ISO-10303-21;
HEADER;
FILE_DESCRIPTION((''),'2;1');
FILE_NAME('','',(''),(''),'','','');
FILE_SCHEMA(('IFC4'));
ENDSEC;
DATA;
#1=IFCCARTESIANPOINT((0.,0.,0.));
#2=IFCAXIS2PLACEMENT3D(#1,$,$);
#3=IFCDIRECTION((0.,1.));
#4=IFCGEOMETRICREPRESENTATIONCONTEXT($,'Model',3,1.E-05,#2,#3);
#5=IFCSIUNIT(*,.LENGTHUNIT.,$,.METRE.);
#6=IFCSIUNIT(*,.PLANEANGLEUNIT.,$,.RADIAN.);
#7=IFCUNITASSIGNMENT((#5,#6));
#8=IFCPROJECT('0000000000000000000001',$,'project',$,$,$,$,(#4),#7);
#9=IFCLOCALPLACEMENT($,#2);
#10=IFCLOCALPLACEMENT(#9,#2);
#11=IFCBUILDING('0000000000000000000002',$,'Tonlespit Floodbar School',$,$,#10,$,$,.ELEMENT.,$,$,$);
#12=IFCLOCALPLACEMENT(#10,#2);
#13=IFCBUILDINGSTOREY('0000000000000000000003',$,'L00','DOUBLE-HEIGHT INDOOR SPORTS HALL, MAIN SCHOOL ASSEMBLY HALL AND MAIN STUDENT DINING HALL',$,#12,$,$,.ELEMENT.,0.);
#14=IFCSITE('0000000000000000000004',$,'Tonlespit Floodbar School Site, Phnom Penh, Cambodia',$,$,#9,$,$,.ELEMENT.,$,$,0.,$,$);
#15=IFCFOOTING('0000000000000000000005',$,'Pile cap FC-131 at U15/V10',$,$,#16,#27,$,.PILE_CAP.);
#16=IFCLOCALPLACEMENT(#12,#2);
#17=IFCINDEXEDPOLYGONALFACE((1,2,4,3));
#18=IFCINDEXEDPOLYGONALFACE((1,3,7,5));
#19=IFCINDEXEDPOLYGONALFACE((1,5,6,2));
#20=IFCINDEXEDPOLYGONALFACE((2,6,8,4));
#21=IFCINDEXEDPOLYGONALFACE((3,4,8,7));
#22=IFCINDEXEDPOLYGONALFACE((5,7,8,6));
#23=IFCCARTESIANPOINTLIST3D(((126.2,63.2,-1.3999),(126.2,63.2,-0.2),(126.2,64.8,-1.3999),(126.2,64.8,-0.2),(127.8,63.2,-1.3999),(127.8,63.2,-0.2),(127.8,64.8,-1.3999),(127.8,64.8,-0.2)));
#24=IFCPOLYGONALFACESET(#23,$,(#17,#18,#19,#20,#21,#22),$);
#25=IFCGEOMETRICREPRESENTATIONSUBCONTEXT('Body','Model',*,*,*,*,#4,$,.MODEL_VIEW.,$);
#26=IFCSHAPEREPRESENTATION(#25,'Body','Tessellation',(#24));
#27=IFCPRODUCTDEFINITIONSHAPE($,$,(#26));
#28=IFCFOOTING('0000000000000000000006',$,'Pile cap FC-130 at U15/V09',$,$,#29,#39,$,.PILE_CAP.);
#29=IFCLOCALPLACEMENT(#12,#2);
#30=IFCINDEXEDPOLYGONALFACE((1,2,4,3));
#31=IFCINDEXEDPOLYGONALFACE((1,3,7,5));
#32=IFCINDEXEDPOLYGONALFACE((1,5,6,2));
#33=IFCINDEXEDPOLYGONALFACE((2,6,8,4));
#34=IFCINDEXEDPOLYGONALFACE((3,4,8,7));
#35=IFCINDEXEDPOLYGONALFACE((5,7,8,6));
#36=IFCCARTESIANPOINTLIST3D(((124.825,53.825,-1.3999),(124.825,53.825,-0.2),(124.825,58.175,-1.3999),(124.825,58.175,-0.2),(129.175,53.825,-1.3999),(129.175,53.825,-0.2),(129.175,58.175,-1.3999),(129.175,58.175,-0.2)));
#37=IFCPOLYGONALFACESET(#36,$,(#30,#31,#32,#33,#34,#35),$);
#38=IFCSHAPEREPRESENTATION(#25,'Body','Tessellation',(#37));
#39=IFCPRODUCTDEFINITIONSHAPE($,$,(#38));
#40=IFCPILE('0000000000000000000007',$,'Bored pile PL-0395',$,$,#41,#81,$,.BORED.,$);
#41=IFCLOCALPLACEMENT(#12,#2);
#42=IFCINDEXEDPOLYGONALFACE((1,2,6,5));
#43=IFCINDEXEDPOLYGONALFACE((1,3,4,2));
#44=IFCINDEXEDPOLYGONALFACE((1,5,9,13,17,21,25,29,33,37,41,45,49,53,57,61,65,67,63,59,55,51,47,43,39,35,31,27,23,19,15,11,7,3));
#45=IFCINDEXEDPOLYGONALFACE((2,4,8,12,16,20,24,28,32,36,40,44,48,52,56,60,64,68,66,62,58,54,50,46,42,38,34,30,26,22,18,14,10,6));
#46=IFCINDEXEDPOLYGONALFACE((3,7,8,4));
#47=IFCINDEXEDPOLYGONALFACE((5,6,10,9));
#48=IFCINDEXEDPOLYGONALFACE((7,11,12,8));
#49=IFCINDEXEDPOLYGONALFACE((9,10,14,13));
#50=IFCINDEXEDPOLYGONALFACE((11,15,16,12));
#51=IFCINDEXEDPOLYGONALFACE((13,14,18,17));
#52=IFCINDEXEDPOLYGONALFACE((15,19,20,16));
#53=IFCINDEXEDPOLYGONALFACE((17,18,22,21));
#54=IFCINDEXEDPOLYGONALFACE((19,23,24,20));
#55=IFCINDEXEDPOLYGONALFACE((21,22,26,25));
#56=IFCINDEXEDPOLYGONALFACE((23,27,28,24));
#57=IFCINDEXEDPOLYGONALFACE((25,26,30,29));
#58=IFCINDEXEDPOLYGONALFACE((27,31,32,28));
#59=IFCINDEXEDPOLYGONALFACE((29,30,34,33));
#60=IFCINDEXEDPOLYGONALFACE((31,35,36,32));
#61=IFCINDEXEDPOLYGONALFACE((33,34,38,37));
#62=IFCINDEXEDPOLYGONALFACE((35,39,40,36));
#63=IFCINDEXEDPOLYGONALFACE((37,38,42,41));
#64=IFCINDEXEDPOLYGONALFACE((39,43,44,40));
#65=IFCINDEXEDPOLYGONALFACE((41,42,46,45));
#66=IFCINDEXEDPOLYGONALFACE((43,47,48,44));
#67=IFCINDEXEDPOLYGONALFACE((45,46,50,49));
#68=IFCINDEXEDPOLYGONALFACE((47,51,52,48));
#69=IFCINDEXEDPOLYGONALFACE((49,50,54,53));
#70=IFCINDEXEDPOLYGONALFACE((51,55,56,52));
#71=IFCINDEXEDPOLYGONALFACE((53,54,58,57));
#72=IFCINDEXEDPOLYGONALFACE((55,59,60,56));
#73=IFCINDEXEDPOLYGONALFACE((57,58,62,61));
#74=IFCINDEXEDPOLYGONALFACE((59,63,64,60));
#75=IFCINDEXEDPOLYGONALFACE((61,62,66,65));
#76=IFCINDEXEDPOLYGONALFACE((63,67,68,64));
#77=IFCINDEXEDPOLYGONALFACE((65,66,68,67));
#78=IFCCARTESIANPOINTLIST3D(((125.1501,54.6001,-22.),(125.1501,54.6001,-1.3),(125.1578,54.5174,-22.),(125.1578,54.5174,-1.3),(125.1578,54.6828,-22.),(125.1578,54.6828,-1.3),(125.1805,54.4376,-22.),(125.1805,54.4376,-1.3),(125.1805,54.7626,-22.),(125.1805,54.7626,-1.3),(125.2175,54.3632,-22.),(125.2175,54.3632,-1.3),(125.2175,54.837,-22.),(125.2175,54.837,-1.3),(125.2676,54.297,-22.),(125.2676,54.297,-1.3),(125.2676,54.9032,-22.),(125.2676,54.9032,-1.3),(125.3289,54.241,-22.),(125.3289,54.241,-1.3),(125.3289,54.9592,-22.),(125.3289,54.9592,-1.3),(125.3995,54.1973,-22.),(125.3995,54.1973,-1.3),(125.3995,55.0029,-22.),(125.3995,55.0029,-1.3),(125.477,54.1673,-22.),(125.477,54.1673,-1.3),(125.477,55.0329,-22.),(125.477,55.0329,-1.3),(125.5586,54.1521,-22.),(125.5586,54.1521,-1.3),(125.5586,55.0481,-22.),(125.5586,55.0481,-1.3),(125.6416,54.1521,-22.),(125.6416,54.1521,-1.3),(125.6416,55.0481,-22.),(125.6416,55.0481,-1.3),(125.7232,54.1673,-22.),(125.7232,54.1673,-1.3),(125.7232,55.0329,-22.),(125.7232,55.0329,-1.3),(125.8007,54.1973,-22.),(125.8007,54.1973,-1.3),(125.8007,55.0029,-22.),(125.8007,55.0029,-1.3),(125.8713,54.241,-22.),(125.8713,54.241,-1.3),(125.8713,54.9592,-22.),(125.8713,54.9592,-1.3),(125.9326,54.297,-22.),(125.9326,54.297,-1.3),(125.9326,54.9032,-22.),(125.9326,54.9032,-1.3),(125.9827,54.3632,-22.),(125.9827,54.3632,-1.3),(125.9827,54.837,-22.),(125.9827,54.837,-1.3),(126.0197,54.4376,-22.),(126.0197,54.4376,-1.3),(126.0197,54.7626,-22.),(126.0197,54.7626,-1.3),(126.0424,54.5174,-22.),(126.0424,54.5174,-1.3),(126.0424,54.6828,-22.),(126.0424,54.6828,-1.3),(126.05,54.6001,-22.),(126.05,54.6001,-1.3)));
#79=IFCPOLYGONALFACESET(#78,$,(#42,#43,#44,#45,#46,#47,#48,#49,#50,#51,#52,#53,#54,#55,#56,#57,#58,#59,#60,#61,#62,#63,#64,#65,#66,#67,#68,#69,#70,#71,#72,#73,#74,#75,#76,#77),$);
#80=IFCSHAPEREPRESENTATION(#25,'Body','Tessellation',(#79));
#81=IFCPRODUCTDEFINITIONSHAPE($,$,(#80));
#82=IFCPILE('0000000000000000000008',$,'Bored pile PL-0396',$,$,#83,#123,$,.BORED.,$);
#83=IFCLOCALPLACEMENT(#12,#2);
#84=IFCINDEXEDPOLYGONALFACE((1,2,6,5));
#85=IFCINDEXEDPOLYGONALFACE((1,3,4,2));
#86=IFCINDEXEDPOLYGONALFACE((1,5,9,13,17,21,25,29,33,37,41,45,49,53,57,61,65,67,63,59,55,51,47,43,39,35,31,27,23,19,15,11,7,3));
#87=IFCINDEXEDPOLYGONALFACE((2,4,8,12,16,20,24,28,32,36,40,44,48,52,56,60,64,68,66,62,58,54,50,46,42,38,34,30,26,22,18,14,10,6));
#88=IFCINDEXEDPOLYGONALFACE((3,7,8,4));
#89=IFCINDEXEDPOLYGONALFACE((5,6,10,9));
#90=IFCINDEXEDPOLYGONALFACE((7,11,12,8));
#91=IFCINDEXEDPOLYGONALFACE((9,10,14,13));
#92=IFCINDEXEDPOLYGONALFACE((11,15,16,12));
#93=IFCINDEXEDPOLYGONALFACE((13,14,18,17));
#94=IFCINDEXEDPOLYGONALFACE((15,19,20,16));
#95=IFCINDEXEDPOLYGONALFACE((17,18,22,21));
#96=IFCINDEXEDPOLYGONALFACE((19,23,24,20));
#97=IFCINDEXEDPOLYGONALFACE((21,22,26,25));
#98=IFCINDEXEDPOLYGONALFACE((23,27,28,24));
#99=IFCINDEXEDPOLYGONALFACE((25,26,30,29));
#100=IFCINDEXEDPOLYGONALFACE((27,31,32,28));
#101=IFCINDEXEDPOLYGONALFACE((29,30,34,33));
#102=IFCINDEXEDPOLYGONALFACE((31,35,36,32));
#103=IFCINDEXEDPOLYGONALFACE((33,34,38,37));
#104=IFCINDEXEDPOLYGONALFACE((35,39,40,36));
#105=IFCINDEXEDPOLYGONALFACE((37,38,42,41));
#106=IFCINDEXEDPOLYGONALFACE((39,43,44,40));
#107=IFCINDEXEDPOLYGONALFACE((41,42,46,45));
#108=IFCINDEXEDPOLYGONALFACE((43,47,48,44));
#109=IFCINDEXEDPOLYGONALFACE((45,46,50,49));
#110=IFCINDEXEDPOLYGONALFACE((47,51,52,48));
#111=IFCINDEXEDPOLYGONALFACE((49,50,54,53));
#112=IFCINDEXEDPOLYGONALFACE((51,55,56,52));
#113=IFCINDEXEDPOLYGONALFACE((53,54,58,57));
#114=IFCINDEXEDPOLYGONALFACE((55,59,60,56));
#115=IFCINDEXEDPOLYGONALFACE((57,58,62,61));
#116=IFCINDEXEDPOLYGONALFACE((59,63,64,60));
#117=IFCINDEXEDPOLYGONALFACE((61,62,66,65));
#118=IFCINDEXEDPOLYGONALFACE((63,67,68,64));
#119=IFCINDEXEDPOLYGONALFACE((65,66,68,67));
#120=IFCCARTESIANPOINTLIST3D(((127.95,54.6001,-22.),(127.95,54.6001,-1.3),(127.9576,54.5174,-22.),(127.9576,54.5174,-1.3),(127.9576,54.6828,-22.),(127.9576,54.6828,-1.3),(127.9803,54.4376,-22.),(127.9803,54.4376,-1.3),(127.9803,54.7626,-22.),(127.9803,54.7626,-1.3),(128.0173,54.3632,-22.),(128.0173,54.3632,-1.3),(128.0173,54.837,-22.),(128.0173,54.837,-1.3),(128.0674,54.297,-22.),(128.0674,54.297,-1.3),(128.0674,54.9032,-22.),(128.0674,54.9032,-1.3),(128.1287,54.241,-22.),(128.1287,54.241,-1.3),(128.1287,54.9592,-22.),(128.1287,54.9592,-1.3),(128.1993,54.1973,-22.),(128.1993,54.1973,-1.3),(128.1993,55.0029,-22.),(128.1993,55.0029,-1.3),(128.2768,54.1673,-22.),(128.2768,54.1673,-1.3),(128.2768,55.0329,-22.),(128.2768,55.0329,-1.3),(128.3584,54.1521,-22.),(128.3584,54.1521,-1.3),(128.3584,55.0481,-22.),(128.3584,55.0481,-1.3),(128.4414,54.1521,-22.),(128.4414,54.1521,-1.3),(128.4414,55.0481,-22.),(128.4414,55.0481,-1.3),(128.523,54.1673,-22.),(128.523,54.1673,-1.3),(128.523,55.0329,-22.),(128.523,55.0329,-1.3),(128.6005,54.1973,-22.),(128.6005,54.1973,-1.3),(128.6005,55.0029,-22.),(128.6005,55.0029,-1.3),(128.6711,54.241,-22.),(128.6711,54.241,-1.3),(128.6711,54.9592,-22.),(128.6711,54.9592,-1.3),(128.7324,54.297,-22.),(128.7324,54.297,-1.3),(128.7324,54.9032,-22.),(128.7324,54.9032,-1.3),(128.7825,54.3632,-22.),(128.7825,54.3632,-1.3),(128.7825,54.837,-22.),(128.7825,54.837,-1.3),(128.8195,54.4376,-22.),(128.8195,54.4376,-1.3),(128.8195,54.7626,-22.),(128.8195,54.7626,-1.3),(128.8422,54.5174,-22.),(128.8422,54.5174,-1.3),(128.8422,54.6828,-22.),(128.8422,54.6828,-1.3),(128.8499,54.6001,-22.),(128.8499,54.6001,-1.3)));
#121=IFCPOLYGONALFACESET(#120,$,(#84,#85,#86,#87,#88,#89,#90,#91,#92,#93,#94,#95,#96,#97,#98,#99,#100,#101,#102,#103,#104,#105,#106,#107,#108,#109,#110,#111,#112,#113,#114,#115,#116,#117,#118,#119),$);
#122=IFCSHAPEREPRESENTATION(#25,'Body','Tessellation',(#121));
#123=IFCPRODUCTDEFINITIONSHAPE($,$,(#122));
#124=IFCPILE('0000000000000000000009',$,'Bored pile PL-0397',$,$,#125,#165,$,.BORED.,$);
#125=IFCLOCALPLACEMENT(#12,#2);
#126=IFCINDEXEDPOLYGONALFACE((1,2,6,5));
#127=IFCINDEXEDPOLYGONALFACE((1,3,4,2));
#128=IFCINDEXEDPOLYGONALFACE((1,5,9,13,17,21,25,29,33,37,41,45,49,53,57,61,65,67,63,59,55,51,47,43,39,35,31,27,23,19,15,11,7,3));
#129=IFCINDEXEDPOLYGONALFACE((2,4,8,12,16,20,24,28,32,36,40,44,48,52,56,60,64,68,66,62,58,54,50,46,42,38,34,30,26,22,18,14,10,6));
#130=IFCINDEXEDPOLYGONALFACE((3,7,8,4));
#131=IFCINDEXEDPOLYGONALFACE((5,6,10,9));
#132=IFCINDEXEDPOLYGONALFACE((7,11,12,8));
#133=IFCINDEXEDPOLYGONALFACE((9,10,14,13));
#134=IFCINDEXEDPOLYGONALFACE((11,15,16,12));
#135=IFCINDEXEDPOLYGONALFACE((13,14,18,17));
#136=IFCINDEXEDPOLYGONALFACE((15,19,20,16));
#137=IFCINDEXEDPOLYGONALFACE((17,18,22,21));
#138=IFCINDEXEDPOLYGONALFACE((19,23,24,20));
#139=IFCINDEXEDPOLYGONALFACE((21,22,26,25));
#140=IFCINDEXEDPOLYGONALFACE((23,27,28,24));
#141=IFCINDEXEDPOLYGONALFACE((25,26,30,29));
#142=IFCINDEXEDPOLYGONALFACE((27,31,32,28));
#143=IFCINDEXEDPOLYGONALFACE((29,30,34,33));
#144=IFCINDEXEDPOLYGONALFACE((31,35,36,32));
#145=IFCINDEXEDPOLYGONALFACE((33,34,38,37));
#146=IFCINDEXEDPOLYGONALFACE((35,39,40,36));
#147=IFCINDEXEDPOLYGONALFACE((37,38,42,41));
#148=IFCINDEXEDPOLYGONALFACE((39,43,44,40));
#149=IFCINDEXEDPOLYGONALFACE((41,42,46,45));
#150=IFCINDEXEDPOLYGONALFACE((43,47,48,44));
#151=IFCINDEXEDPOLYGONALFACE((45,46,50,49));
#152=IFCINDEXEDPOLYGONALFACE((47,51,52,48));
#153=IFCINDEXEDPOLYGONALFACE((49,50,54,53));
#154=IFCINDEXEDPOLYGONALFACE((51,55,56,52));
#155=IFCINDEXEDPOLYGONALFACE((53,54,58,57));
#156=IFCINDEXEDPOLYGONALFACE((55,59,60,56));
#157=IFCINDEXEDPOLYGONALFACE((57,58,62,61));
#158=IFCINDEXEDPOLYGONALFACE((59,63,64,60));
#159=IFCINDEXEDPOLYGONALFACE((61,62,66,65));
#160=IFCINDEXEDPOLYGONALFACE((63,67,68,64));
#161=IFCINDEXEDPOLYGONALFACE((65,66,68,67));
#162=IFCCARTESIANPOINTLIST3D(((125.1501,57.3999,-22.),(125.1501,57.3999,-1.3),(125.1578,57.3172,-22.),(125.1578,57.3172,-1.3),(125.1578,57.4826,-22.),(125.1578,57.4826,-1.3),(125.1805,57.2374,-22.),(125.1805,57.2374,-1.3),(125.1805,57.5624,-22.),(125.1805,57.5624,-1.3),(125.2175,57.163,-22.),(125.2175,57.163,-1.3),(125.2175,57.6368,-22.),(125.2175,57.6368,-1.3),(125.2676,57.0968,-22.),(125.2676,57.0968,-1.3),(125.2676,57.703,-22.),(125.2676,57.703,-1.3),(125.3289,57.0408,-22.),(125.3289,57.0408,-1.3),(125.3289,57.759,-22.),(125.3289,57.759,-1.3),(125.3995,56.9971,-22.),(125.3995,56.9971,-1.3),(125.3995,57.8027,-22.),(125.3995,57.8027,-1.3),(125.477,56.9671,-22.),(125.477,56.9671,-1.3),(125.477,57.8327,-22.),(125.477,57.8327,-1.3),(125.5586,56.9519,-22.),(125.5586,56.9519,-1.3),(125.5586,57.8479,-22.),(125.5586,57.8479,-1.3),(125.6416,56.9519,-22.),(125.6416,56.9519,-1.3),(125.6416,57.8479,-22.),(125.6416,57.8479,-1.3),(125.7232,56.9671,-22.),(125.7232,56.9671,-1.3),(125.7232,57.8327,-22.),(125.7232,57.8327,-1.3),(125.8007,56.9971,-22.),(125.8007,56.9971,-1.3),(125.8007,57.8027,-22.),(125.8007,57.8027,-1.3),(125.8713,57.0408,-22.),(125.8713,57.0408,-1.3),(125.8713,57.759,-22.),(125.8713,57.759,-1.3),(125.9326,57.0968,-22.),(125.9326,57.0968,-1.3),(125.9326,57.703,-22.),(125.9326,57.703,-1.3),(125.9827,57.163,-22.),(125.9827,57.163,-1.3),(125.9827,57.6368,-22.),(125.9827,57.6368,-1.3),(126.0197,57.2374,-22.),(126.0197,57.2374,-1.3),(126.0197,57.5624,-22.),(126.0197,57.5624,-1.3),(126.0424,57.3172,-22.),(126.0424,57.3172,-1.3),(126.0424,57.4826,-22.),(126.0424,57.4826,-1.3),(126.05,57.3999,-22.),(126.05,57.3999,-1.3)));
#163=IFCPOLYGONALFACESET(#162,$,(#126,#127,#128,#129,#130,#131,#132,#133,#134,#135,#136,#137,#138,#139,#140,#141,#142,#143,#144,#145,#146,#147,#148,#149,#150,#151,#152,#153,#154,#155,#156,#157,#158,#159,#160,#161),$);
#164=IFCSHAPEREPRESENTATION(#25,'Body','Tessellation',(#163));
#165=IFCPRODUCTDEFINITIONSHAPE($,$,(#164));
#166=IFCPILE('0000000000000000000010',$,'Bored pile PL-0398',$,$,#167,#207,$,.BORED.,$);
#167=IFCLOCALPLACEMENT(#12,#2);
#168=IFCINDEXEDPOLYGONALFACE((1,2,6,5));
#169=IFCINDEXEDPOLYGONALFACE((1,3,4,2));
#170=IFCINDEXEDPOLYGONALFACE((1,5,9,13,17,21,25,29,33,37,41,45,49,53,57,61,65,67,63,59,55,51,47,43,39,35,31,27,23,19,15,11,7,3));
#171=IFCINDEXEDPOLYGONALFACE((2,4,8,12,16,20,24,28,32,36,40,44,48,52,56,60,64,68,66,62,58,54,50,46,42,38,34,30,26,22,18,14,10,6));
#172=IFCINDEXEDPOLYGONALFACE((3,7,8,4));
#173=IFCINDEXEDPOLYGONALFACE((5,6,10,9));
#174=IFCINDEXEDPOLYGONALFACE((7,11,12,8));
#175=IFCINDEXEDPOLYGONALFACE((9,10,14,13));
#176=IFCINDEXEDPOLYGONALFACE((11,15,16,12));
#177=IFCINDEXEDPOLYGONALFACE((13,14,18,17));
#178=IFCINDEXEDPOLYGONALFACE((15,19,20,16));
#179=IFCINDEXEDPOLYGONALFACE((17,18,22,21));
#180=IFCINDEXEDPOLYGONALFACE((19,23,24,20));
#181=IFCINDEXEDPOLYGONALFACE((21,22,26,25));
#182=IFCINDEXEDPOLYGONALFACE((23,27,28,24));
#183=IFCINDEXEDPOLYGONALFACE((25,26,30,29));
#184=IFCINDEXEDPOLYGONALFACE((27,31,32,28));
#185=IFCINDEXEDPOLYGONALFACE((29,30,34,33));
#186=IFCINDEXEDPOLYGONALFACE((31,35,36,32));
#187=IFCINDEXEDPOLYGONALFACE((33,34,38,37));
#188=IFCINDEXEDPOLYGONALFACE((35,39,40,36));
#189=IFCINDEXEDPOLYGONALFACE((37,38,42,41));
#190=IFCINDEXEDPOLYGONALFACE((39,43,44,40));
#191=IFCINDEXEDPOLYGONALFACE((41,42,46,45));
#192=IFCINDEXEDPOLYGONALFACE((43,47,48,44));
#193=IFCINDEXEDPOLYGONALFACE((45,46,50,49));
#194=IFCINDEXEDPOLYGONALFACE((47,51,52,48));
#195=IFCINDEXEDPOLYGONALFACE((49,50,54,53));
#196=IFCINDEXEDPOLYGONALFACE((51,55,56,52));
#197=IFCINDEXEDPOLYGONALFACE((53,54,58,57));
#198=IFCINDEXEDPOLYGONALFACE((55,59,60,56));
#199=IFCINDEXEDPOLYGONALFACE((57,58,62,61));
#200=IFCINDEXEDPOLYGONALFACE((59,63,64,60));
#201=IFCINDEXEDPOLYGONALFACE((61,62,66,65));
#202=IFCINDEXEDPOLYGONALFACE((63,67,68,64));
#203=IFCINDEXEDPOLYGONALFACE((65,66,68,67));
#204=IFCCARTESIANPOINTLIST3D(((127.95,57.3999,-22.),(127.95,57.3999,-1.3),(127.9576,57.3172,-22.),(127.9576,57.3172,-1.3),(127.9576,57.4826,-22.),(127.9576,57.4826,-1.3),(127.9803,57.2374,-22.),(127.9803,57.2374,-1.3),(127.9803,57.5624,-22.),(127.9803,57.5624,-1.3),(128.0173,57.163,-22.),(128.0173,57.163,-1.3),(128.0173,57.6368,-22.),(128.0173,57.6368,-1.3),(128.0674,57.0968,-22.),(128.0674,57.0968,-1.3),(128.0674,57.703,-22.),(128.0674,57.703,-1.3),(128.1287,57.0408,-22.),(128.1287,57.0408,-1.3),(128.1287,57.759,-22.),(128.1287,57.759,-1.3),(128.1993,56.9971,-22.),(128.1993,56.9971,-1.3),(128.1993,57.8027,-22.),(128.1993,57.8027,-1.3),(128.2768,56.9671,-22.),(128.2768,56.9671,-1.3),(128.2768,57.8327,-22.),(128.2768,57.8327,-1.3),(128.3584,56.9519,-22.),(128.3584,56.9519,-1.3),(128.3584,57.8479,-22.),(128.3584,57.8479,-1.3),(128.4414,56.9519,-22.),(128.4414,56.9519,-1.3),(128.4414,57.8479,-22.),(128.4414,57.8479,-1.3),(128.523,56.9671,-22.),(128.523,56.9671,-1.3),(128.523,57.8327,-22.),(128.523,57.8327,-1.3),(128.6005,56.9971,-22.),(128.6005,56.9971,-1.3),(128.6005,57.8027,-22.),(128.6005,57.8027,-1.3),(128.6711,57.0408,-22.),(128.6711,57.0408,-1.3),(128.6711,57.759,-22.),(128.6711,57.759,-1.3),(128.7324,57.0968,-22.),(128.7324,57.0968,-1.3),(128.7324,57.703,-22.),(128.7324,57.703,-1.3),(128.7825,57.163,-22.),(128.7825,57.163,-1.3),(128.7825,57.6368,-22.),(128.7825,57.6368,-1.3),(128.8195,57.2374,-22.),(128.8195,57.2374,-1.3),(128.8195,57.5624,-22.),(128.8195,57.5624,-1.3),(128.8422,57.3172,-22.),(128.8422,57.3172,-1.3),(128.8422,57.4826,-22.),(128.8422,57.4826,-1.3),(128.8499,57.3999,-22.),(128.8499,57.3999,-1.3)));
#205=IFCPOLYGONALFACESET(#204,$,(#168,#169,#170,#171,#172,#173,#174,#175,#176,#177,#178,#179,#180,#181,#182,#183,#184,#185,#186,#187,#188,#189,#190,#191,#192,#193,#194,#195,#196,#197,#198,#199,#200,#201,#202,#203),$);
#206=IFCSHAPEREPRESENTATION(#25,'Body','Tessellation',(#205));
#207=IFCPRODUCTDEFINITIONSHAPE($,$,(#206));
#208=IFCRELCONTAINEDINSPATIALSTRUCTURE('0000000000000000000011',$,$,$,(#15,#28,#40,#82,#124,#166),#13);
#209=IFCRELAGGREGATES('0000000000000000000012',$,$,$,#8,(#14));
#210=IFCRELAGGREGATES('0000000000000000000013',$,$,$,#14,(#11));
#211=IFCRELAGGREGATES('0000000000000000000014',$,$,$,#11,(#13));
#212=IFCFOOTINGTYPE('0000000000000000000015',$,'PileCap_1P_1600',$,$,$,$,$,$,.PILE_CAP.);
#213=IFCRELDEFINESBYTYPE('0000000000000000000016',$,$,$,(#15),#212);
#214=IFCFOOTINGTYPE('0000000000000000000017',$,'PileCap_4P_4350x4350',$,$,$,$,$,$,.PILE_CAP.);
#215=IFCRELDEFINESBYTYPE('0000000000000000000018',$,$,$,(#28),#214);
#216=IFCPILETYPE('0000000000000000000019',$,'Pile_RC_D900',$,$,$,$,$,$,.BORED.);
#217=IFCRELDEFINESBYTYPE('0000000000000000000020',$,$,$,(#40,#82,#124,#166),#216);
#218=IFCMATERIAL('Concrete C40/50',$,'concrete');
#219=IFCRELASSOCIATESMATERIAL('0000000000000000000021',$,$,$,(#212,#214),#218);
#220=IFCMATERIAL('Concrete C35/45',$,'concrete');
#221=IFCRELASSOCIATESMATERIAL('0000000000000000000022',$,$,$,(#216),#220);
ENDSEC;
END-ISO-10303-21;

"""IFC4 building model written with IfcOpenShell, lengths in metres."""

from ifc_helpers import new_model, si_unit, direction, frame, origin, origin_2d, place, context, subcontext, project, spatial, rectangle, circle, extrude, material, material_profile, profile_set, type_object, element, save


model = new_model("IFC4")

# Units and contexts
model_context = context("Model", 3, precision=1e-05, world=origin(), true_north=direction((0.0, 1.0)))
body_context = subcontext(model_context, "Body", "Model", "MODEL_VIEW")
ifc_project = project(units=[si_unit("LENGTHUNIT", "METRE"), si_unit("PLANEANGLEUNIT", "RADIAN")], contexts=[model_context])

# Site, building, storey
site_placement = place(None, origin())
site = spatial("IfcSite", under=ifc_project, at=site_placement, Name="Tonlespit Floodbar School Site, Phnom Penh, Cambodia", CompositionType="ELEMENT", RefElevation=0.0)
building_placement = place(site_placement, origin())
building = spatial("IfcBuilding", under=site, at=building_placement, Name="Tonlespit Floodbar School", CompositionType="ELEMENT")
storey_placement = place(building_placement, origin())
storey = spatial("IfcBuildingStorey", under=building, at=storey_placement, Name="L00", Description="DOUBLE-HEIGHT INDOOR SPORTS HALL, MAIN SCHOOL ASSEMBLY HALL AND MAIN STUDENT DINING HALL", CompositionType="ELEMENT", Elevation=0.0)

# Footings
ifc_material_1 = material(Name="Concrete C40/50", Category="concrete")
footing_type_1 = type_object("IfcFootingType", Name="PileCap_1P_1600", PredefinedType="PILE_CAP", material=ifc_material_1)
footing_1_placement = place(storey_placement, frame((127.0, 64.0, -1.3999), z_axis=(0.0, 0.0, 1.0), x_axis=(1.0, 0.0, 0.0)))
element("IfcFooting", 1, at=footing_1_placement, inside=storey, type_object=footing_type_1, Name="Pile cap FC-131 at U15/V10", PredefinedType="PILE_CAP", context=body_context, shape_type="SweptSolid", body=[
    extrude(rectangle(XDim=1.6001, YDim=1.6001, at=origin_2d()), origin(), (0.0, 0.0, 1.0), 1.2),
])
footing_type_2 = type_object("IfcFootingType", Name="PileCap_4P_4350x4350", PredefinedType="PILE_CAP", material=ifc_material_1)
footing_2_placement = place(storey_placement, frame((127.0, 56.0, -1.3999), z_axis=(0.0, 0.0, 1.0), x_axis=(1.0, 0.0, 0.0)))
element("IfcFooting", 2, at=footing_2_placement, inside=storey, type_object=footing_type_2, Name="Pile cap FC-130 at U15/V09", PredefinedType="PILE_CAP", context=body_context, shape_type="SweptSolid", body=[
    extrude(rectangle(XDim=4.3501, YDim=4.3501, at=origin_2d()), origin(), (0.0, 0.0, 1.0), 1.2),
])

# Piles
ifc_material_2 = material(Name="Concrete C35/45", Category="concrete")
ifc_material_profile_1 = material_profile(ifc_material_2, circle(Radius=0.45, at=origin_2d()), Name="BP D900")
ifc_profile_set_1 = profile_set([ifc_material_profile_1], Name="Concrete C35/45")
pile_type = type_object("IfcPileType", Name="Pile_RC_D900", PredefinedType="BORED", material=ifc_profile_set_1)
for number, where, z_axis, x_axis, name in (
    (3, (125.6001, 54.6001, -1.3), (0.0, 0.0, -1.0), (1.0, 0.0, 0.0), "Bored pile PL-0395"),
    (4, (128.3999, 54.6001, -1.3), (0.0, 0.0, -1.0), (1.0, 0.0, 0.0), "Bored pile PL-0396"),
    (5, (125.6001, 57.3999, -1.3), (0.0, 0.0, -1.0), (1.0, 0.0, 0.0), "Bored pile PL-0397"),
    (6, (128.3999, 57.3999, -1.3), (0.0, 0.0, -1.0), (1.0, 0.0, 0.0), "Bored pile PL-0398"),
):
    element("IfcPile", number, at=place(storey_placement, frame(where, z_axis=z_axis, x_axis=x_axis)), inside=storey, type_object=pile_type, Name=name, PredefinedType="BORED", context=body_context, shape_type="SweptSolid", body=[
        extrude(circle(Radius=0.45, at=origin_2d()), origin(), (0.0, 0.0, 1.0), 20.7),
    ])

save(model, "model.ifc")
